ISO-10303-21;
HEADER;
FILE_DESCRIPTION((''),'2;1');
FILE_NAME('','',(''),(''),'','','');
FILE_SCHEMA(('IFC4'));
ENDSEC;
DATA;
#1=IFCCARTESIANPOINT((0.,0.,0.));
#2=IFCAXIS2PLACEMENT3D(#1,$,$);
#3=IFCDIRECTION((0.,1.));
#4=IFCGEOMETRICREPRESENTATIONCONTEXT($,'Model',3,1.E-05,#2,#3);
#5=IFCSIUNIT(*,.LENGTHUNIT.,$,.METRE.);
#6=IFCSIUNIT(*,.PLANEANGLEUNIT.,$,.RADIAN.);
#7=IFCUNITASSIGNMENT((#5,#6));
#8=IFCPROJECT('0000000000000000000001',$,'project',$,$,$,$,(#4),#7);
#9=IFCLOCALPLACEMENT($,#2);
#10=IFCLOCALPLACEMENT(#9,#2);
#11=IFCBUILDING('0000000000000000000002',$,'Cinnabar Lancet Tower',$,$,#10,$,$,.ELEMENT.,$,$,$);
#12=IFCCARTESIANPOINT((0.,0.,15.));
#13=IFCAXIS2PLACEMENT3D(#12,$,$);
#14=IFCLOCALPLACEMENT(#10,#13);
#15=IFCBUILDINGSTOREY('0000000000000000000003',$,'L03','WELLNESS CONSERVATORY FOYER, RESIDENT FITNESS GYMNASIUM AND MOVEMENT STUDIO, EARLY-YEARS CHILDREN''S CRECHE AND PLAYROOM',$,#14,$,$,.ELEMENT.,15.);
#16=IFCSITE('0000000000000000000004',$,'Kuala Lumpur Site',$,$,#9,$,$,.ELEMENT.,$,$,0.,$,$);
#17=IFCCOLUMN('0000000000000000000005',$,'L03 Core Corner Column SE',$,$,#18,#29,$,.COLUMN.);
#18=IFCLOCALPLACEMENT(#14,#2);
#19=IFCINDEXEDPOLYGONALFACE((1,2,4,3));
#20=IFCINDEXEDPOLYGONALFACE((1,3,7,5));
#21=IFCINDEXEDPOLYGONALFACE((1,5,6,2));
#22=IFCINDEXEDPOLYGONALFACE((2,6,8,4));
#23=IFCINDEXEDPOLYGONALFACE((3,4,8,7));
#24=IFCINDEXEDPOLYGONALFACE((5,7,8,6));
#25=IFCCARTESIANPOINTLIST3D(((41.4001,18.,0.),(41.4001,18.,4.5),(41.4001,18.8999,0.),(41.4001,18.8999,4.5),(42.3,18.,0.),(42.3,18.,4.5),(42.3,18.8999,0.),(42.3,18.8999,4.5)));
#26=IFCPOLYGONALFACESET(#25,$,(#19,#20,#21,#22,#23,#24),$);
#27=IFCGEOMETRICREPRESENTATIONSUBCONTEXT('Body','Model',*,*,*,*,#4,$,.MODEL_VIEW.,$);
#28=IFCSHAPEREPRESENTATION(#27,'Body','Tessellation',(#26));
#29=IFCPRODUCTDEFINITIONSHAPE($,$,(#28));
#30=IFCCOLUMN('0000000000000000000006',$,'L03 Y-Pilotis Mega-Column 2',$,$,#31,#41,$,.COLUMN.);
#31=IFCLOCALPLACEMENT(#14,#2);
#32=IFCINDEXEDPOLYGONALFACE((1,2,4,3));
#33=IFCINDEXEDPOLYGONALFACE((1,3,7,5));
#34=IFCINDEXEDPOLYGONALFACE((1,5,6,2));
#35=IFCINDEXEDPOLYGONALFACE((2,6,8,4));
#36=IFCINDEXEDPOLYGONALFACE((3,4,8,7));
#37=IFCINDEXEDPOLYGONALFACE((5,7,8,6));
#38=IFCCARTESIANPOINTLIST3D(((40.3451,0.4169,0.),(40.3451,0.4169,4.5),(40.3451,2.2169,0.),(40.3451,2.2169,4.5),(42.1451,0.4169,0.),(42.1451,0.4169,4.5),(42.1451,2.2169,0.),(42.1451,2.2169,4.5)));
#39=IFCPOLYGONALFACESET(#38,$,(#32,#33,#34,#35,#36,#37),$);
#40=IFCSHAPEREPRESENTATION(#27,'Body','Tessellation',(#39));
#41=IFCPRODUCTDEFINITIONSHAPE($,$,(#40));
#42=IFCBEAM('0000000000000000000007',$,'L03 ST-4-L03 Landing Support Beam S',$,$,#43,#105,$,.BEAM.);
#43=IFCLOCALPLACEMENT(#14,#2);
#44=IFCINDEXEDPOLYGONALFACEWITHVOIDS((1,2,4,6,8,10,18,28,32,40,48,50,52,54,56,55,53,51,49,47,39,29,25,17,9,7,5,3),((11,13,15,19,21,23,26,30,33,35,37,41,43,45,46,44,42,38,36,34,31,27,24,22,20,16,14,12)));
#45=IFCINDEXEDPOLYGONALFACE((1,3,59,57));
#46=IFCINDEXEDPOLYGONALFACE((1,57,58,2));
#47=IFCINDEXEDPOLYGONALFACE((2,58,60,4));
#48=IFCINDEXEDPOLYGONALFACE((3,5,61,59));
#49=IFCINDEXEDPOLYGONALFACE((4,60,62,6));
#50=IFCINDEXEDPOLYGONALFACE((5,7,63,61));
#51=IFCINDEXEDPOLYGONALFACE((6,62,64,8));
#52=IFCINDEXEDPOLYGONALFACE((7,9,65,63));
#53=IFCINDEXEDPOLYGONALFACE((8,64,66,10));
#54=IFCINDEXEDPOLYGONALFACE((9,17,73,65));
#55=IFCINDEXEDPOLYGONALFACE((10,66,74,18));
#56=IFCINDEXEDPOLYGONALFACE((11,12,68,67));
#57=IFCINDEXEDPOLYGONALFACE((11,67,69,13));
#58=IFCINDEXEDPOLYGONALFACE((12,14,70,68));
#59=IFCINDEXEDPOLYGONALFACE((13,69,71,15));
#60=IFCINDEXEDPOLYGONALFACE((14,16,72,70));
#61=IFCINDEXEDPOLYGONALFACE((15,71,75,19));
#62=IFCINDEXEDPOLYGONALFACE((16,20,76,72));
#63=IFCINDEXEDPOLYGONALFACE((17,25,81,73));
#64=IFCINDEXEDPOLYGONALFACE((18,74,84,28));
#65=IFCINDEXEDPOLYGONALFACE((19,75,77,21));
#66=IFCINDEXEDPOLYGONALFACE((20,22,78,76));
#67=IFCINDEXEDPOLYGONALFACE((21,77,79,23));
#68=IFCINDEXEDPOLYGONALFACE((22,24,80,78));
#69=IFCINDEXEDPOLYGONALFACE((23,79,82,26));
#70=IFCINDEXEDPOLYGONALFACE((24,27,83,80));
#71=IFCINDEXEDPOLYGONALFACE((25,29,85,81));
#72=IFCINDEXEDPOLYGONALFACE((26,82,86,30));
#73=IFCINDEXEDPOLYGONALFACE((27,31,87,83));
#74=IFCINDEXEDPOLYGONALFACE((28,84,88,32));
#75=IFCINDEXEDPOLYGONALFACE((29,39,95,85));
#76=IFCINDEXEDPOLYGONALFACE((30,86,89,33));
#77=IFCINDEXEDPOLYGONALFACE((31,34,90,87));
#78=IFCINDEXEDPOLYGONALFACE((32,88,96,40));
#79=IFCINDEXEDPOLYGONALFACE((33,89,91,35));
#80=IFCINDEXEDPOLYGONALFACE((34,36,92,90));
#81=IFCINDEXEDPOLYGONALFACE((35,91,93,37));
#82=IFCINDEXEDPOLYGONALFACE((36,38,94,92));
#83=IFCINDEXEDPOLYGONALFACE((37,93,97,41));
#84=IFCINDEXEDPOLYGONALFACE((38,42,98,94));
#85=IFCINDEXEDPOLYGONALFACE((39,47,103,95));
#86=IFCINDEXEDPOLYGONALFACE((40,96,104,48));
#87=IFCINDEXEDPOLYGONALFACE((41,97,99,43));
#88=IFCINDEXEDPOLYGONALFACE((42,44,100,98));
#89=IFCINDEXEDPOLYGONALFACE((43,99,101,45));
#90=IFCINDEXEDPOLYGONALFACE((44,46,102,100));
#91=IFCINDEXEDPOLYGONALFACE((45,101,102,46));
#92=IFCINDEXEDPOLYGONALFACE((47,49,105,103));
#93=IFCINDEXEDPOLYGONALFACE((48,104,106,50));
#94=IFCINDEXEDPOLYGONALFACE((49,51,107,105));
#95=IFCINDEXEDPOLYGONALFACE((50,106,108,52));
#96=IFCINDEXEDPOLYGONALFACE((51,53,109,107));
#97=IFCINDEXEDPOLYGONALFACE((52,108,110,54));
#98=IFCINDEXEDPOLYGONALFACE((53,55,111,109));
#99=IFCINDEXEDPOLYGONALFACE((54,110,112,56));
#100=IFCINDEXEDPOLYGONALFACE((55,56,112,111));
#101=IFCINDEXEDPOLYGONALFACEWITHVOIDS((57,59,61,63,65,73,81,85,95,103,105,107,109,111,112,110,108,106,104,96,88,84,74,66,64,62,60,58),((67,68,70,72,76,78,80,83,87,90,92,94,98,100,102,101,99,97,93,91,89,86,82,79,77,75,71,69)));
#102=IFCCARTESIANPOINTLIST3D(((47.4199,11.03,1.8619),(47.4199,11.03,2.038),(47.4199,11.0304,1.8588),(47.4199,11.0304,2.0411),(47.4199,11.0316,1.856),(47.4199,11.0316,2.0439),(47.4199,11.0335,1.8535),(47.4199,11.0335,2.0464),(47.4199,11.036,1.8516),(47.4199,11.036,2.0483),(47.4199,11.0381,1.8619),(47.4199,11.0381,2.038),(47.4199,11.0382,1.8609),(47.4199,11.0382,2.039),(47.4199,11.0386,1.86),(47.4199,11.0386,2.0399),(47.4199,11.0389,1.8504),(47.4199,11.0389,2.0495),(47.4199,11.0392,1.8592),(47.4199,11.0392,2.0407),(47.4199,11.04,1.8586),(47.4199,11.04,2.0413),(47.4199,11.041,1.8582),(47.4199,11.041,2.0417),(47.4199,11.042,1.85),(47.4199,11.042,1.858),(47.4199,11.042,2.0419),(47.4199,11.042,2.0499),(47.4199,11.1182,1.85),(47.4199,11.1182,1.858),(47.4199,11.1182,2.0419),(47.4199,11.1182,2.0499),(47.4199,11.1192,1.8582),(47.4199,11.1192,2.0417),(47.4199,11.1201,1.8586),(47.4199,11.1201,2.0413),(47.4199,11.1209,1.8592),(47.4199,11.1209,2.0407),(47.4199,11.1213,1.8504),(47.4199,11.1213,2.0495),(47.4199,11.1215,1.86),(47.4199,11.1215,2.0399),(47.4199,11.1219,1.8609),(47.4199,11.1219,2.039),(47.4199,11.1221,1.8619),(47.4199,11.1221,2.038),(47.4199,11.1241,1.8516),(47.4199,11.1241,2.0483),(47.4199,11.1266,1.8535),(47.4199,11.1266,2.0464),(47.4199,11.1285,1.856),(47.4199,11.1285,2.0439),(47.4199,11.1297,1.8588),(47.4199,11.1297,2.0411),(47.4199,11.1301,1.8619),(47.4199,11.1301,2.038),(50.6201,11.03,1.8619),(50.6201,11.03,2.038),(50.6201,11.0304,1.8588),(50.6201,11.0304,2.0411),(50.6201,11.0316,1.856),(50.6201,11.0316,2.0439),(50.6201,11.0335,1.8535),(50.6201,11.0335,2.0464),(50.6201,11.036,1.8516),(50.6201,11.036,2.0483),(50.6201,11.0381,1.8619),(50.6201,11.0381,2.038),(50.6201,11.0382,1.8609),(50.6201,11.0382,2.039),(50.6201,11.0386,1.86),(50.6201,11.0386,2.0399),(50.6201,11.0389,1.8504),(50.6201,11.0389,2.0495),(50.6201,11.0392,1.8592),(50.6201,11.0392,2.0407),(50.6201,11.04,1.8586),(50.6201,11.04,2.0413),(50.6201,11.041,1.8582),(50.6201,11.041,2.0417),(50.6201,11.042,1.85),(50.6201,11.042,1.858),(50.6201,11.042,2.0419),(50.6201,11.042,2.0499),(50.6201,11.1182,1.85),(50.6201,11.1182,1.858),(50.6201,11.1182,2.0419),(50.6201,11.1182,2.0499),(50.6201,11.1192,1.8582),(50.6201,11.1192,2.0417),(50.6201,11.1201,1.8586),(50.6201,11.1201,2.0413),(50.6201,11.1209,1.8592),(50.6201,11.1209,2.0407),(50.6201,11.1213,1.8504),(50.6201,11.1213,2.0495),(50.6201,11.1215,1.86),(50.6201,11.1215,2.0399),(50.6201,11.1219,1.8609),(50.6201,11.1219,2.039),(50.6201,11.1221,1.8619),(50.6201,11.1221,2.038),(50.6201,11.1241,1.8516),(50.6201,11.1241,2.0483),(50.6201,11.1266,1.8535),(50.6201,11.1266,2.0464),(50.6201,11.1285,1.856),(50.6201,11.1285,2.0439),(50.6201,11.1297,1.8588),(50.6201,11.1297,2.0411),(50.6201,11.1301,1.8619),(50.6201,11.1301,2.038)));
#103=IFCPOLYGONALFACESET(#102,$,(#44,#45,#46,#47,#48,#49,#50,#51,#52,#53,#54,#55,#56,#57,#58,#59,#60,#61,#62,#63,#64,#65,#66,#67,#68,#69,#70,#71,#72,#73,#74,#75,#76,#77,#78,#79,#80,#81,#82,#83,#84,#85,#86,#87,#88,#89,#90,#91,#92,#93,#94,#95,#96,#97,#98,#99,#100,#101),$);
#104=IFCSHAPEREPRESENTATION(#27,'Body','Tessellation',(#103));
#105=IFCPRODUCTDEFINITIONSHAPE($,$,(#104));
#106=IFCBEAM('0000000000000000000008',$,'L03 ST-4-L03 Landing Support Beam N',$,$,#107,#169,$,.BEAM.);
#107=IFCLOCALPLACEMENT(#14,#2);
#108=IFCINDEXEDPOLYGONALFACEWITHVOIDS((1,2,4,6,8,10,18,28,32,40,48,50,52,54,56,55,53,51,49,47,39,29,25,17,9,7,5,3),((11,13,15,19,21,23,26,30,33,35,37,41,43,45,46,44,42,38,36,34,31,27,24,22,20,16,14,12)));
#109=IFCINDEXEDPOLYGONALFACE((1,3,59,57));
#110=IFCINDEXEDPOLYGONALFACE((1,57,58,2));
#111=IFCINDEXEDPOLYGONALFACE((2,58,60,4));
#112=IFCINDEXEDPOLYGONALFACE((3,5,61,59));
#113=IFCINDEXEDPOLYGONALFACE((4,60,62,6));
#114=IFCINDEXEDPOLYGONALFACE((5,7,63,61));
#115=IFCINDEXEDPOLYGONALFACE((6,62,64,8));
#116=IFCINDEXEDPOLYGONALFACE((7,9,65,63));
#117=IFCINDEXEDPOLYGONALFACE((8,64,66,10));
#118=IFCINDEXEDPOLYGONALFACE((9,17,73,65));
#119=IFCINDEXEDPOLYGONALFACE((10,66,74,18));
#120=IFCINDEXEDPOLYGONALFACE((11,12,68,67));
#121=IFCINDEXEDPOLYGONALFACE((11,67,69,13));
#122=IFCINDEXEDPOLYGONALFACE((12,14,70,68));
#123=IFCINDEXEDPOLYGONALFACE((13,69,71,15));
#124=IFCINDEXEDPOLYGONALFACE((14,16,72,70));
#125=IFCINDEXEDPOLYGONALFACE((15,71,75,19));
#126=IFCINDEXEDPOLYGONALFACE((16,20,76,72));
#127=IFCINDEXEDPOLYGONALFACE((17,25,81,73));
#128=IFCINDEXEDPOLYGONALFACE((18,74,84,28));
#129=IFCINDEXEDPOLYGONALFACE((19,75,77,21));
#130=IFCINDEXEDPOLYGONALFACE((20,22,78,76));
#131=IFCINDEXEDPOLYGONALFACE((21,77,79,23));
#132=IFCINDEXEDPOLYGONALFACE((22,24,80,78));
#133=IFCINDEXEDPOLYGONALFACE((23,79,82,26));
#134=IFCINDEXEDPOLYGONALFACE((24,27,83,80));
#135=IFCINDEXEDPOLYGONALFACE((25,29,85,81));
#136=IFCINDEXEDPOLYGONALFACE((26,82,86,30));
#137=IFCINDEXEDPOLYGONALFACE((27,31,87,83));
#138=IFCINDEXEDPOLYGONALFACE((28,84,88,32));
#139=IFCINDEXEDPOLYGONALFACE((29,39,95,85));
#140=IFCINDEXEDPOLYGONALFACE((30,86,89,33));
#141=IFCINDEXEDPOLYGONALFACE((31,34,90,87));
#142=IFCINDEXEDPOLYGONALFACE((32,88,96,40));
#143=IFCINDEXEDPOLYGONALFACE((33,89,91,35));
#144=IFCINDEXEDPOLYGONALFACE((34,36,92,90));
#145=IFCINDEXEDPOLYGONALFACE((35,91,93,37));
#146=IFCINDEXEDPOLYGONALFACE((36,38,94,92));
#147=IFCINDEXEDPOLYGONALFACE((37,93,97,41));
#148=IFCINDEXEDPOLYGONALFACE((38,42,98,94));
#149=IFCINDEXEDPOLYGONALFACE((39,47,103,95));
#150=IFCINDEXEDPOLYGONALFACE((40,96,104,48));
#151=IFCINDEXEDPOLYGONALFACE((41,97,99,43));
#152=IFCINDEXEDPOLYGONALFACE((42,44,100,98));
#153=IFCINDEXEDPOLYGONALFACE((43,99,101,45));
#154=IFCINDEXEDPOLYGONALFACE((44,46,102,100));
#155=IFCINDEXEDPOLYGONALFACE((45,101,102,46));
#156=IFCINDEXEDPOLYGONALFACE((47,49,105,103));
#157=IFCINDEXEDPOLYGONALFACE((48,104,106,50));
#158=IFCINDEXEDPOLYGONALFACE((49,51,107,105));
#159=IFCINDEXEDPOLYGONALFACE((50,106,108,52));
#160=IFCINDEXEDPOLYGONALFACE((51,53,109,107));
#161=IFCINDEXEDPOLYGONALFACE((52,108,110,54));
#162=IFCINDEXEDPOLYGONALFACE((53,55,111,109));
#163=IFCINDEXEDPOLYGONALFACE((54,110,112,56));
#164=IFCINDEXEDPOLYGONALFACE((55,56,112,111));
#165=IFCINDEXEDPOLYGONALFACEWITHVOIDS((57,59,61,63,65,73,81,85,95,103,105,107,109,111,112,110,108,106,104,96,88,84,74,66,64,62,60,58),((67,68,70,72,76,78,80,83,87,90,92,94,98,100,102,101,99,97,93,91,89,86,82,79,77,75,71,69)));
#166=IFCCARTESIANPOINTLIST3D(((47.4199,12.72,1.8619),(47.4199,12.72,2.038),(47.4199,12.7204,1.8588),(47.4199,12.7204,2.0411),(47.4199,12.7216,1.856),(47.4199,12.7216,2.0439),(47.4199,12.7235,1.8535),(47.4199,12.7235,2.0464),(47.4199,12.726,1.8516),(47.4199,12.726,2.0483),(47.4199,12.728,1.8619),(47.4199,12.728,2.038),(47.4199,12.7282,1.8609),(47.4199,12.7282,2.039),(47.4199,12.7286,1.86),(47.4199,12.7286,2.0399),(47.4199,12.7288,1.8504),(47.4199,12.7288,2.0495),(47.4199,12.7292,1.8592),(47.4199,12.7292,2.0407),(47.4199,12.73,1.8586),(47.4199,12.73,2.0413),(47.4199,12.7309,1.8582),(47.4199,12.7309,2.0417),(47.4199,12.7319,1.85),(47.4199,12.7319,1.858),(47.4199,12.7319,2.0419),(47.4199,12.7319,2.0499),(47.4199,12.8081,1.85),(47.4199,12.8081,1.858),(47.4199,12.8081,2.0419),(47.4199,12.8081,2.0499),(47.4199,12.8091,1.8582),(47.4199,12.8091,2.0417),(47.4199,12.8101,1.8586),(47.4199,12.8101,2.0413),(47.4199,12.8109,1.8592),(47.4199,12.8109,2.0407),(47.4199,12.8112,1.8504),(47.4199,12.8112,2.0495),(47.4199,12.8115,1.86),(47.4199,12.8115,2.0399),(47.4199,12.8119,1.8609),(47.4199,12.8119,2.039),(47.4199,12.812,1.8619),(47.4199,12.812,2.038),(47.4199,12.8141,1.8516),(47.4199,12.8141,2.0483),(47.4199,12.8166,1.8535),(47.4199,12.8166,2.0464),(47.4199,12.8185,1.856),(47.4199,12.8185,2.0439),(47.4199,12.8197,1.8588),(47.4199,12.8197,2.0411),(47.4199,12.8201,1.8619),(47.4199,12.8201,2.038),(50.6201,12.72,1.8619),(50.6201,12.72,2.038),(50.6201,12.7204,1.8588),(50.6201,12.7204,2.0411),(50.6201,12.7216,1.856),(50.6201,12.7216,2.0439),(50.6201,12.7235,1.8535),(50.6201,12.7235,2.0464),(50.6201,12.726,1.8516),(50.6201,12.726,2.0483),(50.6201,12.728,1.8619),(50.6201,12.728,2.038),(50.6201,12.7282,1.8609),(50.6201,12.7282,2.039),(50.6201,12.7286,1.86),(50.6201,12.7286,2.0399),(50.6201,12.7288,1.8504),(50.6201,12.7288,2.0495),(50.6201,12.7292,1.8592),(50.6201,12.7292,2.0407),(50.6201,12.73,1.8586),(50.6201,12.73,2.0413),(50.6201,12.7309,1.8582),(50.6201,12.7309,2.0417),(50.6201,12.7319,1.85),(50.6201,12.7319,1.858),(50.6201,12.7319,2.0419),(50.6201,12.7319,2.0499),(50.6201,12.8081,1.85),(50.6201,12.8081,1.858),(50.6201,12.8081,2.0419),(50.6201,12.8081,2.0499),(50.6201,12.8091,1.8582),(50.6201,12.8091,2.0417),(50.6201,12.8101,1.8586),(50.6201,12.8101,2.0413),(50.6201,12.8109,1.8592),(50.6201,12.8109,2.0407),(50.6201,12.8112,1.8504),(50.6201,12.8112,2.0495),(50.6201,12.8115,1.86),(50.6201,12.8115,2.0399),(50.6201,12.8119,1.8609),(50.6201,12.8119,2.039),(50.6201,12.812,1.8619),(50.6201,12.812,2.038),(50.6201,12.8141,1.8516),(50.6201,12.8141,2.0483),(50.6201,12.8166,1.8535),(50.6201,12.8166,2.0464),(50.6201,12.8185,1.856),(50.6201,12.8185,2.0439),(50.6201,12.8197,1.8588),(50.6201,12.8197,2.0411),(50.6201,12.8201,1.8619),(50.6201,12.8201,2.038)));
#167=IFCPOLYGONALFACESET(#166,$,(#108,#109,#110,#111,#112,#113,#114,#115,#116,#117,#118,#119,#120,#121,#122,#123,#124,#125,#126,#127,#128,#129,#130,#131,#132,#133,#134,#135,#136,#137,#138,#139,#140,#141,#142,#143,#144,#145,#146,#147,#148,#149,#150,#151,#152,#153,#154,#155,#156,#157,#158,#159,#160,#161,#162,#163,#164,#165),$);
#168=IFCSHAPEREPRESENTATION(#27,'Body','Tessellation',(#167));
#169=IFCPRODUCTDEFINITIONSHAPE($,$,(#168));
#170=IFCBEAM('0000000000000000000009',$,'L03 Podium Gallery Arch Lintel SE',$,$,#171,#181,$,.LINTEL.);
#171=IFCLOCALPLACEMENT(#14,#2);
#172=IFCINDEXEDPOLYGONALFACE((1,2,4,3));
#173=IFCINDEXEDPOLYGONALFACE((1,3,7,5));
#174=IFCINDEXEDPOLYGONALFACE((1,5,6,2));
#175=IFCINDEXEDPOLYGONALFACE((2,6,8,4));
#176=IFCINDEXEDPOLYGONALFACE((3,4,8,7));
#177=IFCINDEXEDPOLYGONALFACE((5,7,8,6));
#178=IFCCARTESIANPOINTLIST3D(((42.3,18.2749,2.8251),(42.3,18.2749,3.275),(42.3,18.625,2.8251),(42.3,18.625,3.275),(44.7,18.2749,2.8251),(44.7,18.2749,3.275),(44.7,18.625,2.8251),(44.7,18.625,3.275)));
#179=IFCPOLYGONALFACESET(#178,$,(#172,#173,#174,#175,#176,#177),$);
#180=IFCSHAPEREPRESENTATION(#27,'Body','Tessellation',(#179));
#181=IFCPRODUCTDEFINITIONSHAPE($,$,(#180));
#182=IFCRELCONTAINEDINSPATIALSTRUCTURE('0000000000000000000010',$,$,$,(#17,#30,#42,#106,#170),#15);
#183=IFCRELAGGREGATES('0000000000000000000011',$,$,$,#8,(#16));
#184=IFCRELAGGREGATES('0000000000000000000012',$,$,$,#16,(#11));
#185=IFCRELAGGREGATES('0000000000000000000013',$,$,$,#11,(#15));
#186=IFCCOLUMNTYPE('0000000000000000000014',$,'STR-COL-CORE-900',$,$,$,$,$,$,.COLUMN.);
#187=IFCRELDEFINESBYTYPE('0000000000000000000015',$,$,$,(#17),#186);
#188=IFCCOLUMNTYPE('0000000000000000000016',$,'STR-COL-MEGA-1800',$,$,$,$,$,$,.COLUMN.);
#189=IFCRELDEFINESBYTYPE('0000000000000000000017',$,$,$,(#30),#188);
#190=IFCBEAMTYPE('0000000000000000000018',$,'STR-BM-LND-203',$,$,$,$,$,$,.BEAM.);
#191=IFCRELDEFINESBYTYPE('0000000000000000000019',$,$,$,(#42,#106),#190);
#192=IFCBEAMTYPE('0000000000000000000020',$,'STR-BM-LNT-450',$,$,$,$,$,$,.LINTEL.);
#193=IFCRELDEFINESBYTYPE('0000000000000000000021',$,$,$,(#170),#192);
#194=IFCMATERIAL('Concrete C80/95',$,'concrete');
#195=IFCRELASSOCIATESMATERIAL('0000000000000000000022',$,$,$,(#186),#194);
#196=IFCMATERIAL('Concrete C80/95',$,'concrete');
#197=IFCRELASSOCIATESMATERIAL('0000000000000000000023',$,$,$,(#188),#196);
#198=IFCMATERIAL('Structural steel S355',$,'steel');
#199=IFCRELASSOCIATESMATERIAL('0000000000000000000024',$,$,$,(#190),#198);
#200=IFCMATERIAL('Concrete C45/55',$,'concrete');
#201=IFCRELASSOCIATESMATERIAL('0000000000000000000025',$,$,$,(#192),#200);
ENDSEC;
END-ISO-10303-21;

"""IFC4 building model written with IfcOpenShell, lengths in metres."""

from ifc_helpers import new_model, si_unit, direction, frame, origin, origin_2d, place, context, subcontext, project, spatial, rectangle, hollow_rectangle, extrude, material, material_profile, profile_set, type_object, element, save


model = new_model("IFC4")

# Units and contexts
model_context = context("Model", 3, precision=1e-05, world=origin(), true_north=direction((0.0, 1.0)))
body_context = subcontext(model_context, "Body", "Model", "MODEL_VIEW")
ifc_project = project(units=[si_unit("LENGTHUNIT", "METRE"), si_unit("PLANEANGLEUNIT", "RADIAN")], contexts=[model_context])

# Site, building, storey
site_placement = place(None, origin())
site = spatial("IfcSite", under=ifc_project, at=site_placement, Name="Kuala Lumpur Site", CompositionType="ELEMENT", RefElevation=0.0)
building_placement = place(site_placement, origin())
building = spatial("IfcBuilding", under=site, at=building_placement, Name="Cinnabar Lancet Tower", CompositionType="ELEMENT")
storey_placement = place(building_placement, frame((0.0, 0.0, 15.0)))
storey = spatial("IfcBuildingStorey", under=building, at=storey_placement, Name="L03", Description="WELLNESS CONSERVATORY FOYER, RESIDENT FITNESS GYMNASIUM AND MOVEMENT STUDIO, EARLY-YEARS CHILDREN'S CRECHE AND PLAYROOM", CompositionType="ELEMENT", Elevation=15.0)

# Columns
ifc_material_1 = material(Name="Concrete C80/95", Category="concrete")
ifc_material_profile_1 = material_profile(ifc_material_1, rectangle(XDim=0.8999, YDim=0.8999, at=origin_2d()), Name="RC-COL 900x900")
ifc_profile_set_1 = profile_set([ifc_material_profile_1], Name="Concrete C80/95")
column_type_1 = type_object("IfcColumnType", Name="STR-COL-CORE-900", PredefinedType="COLUMN", material=ifc_profile_set_1)
column_1_placement = place(storey_placement, frame((41.8501, 18.45, 0.0), z_axis=(0.0, 0.0, 1.0), x_axis=(1.0, 0.0, 0.0)))
element("IfcColumn", 1, at=column_1_placement, inside=storey, type_object=column_type_1, Name="L03 Core Corner Column SE", PredefinedType="COLUMN", context=body_context, shape_type="SweptSolid", body=[
    extrude(rectangle(XDim=0.8999, YDim=0.8999, at=origin_2d()), origin(), (0.0, 0.0, 1.0), 4.5),
])
ifc_material_2 = material(Name="Concrete C80/95", Category="concrete")
ifc_material_profile_2 = material_profile(ifc_material_2, rectangle(XDim=1.8, YDim=1.8, at=origin_2d()), Name="RC-MEGA 1800x1800")
ifc_profile_set_2 = profile_set([ifc_material_profile_2], Name="Concrete C80/95")
column_type_2 = type_object("IfcColumnType", Name="STR-COL-MEGA-1800", PredefinedType="COLUMN", material=ifc_profile_set_2)
column_2_placement = place(storey_placement, frame((41.2451, 1.3169, 0.0), z_axis=(0.0, 0.0, 1.0), x_axis=(1.0, 0.0, 0.0)))
element("IfcColumn", 2, at=column_2_placement, inside=storey, type_object=column_type_2, Name="L03 Y-Pilotis Mega-Column 2", PredefinedType="COLUMN", context=body_context, shape_type="SweptSolid", body=[
    extrude(rectangle(XDim=1.8, YDim=1.8, at=origin_2d()), origin(), (0.0, 0.0, 1.0), 4.5),
])

# Beams
ifc_material_3 = material(Name="Structural steel S355", Category="steel")
ifc_material_profile_3 = material_profile(ifc_material_3, hollow_rectangle(XDim=0.1001, YDim=0.2, WallThickness=0.0081, InnerFilletRadius=0.0039, OuterFilletRadius=0.012, at=origin_2d()), Name="RHS 200x100x8")
ifc_profile_set_3 = profile_set([ifc_material_profile_3], Name="Structural steel S355")
beam_type_1 = type_object("IfcBeamType", Name="STR-BM-LND-203", PredefinedType="BEAM", material=ifc_profile_set_3)
for number, where, z_axis, x_axis, name in (
    (3, (47.4199, 11.0801, 1.95), (1.0, 0.0, 0.0), (0.0, 1.0, 0.0), "L03 ST-4-L03 Landing Support Beam S"),
    (4, (47.4199, 12.77, 1.95), (1.0, 0.0, 0.0), (0.0, 1.0, 0.0), "L03 ST-4-L03 Landing Support Beam N"),
):
    element("IfcBeam", number, at=place(storey_placement, frame(where, z_axis=z_axis, x_axis=x_axis)), inside=storey, type_object=beam_type_1, Name=name, PredefinedType="BEAM", context=body_context, shape_type="SweptSolid", body=[
        extrude(hollow_rectangle(XDim=0.1001, YDim=0.2, WallThickness=0.0081, InnerFilletRadius=0.0039, OuterFilletRadius=0.012, at=origin_2d()), origin(), (0.0, 0.0, 1.0), 3.2002),
    ])
ifc_material_4 = material(Name="Concrete C45/55", Category="concrete")
ifc_material_profile_4 = material_profile(ifc_material_4, rectangle(XDim=0.3501, YDim=0.45, at=origin_2d()), Name="RC-LNT 350x450")
ifc_profile_set_4 = profile_set([ifc_material_profile_4], Name="Concrete C45/55")
beam_type_2 = type_object("IfcBeamType", Name="STR-BM-LNT-450", PredefinedType="LINTEL", material=ifc_profile_set_4)
beam_1_placement = place(storey_placement, frame((42.3, 18.45, 3.05), z_axis=(1.0, 0.0, 0.0), x_axis=(0.0, 1.0, 0.0)))
element("IfcBeam", 5, at=beam_1_placement, inside=storey, type_object=beam_type_2, Name="L03 Podium Gallery Arch Lintel SE", PredefinedType="LINTEL", context=body_context, shape_type="SweptSolid", body=[
    extrude(rectangle(XDim=0.3501, YDim=0.45, at=origin_2d()), origin(), (0.0, 0.0, 1.0), 2.3999),
])

save(model, "model.ifc")
